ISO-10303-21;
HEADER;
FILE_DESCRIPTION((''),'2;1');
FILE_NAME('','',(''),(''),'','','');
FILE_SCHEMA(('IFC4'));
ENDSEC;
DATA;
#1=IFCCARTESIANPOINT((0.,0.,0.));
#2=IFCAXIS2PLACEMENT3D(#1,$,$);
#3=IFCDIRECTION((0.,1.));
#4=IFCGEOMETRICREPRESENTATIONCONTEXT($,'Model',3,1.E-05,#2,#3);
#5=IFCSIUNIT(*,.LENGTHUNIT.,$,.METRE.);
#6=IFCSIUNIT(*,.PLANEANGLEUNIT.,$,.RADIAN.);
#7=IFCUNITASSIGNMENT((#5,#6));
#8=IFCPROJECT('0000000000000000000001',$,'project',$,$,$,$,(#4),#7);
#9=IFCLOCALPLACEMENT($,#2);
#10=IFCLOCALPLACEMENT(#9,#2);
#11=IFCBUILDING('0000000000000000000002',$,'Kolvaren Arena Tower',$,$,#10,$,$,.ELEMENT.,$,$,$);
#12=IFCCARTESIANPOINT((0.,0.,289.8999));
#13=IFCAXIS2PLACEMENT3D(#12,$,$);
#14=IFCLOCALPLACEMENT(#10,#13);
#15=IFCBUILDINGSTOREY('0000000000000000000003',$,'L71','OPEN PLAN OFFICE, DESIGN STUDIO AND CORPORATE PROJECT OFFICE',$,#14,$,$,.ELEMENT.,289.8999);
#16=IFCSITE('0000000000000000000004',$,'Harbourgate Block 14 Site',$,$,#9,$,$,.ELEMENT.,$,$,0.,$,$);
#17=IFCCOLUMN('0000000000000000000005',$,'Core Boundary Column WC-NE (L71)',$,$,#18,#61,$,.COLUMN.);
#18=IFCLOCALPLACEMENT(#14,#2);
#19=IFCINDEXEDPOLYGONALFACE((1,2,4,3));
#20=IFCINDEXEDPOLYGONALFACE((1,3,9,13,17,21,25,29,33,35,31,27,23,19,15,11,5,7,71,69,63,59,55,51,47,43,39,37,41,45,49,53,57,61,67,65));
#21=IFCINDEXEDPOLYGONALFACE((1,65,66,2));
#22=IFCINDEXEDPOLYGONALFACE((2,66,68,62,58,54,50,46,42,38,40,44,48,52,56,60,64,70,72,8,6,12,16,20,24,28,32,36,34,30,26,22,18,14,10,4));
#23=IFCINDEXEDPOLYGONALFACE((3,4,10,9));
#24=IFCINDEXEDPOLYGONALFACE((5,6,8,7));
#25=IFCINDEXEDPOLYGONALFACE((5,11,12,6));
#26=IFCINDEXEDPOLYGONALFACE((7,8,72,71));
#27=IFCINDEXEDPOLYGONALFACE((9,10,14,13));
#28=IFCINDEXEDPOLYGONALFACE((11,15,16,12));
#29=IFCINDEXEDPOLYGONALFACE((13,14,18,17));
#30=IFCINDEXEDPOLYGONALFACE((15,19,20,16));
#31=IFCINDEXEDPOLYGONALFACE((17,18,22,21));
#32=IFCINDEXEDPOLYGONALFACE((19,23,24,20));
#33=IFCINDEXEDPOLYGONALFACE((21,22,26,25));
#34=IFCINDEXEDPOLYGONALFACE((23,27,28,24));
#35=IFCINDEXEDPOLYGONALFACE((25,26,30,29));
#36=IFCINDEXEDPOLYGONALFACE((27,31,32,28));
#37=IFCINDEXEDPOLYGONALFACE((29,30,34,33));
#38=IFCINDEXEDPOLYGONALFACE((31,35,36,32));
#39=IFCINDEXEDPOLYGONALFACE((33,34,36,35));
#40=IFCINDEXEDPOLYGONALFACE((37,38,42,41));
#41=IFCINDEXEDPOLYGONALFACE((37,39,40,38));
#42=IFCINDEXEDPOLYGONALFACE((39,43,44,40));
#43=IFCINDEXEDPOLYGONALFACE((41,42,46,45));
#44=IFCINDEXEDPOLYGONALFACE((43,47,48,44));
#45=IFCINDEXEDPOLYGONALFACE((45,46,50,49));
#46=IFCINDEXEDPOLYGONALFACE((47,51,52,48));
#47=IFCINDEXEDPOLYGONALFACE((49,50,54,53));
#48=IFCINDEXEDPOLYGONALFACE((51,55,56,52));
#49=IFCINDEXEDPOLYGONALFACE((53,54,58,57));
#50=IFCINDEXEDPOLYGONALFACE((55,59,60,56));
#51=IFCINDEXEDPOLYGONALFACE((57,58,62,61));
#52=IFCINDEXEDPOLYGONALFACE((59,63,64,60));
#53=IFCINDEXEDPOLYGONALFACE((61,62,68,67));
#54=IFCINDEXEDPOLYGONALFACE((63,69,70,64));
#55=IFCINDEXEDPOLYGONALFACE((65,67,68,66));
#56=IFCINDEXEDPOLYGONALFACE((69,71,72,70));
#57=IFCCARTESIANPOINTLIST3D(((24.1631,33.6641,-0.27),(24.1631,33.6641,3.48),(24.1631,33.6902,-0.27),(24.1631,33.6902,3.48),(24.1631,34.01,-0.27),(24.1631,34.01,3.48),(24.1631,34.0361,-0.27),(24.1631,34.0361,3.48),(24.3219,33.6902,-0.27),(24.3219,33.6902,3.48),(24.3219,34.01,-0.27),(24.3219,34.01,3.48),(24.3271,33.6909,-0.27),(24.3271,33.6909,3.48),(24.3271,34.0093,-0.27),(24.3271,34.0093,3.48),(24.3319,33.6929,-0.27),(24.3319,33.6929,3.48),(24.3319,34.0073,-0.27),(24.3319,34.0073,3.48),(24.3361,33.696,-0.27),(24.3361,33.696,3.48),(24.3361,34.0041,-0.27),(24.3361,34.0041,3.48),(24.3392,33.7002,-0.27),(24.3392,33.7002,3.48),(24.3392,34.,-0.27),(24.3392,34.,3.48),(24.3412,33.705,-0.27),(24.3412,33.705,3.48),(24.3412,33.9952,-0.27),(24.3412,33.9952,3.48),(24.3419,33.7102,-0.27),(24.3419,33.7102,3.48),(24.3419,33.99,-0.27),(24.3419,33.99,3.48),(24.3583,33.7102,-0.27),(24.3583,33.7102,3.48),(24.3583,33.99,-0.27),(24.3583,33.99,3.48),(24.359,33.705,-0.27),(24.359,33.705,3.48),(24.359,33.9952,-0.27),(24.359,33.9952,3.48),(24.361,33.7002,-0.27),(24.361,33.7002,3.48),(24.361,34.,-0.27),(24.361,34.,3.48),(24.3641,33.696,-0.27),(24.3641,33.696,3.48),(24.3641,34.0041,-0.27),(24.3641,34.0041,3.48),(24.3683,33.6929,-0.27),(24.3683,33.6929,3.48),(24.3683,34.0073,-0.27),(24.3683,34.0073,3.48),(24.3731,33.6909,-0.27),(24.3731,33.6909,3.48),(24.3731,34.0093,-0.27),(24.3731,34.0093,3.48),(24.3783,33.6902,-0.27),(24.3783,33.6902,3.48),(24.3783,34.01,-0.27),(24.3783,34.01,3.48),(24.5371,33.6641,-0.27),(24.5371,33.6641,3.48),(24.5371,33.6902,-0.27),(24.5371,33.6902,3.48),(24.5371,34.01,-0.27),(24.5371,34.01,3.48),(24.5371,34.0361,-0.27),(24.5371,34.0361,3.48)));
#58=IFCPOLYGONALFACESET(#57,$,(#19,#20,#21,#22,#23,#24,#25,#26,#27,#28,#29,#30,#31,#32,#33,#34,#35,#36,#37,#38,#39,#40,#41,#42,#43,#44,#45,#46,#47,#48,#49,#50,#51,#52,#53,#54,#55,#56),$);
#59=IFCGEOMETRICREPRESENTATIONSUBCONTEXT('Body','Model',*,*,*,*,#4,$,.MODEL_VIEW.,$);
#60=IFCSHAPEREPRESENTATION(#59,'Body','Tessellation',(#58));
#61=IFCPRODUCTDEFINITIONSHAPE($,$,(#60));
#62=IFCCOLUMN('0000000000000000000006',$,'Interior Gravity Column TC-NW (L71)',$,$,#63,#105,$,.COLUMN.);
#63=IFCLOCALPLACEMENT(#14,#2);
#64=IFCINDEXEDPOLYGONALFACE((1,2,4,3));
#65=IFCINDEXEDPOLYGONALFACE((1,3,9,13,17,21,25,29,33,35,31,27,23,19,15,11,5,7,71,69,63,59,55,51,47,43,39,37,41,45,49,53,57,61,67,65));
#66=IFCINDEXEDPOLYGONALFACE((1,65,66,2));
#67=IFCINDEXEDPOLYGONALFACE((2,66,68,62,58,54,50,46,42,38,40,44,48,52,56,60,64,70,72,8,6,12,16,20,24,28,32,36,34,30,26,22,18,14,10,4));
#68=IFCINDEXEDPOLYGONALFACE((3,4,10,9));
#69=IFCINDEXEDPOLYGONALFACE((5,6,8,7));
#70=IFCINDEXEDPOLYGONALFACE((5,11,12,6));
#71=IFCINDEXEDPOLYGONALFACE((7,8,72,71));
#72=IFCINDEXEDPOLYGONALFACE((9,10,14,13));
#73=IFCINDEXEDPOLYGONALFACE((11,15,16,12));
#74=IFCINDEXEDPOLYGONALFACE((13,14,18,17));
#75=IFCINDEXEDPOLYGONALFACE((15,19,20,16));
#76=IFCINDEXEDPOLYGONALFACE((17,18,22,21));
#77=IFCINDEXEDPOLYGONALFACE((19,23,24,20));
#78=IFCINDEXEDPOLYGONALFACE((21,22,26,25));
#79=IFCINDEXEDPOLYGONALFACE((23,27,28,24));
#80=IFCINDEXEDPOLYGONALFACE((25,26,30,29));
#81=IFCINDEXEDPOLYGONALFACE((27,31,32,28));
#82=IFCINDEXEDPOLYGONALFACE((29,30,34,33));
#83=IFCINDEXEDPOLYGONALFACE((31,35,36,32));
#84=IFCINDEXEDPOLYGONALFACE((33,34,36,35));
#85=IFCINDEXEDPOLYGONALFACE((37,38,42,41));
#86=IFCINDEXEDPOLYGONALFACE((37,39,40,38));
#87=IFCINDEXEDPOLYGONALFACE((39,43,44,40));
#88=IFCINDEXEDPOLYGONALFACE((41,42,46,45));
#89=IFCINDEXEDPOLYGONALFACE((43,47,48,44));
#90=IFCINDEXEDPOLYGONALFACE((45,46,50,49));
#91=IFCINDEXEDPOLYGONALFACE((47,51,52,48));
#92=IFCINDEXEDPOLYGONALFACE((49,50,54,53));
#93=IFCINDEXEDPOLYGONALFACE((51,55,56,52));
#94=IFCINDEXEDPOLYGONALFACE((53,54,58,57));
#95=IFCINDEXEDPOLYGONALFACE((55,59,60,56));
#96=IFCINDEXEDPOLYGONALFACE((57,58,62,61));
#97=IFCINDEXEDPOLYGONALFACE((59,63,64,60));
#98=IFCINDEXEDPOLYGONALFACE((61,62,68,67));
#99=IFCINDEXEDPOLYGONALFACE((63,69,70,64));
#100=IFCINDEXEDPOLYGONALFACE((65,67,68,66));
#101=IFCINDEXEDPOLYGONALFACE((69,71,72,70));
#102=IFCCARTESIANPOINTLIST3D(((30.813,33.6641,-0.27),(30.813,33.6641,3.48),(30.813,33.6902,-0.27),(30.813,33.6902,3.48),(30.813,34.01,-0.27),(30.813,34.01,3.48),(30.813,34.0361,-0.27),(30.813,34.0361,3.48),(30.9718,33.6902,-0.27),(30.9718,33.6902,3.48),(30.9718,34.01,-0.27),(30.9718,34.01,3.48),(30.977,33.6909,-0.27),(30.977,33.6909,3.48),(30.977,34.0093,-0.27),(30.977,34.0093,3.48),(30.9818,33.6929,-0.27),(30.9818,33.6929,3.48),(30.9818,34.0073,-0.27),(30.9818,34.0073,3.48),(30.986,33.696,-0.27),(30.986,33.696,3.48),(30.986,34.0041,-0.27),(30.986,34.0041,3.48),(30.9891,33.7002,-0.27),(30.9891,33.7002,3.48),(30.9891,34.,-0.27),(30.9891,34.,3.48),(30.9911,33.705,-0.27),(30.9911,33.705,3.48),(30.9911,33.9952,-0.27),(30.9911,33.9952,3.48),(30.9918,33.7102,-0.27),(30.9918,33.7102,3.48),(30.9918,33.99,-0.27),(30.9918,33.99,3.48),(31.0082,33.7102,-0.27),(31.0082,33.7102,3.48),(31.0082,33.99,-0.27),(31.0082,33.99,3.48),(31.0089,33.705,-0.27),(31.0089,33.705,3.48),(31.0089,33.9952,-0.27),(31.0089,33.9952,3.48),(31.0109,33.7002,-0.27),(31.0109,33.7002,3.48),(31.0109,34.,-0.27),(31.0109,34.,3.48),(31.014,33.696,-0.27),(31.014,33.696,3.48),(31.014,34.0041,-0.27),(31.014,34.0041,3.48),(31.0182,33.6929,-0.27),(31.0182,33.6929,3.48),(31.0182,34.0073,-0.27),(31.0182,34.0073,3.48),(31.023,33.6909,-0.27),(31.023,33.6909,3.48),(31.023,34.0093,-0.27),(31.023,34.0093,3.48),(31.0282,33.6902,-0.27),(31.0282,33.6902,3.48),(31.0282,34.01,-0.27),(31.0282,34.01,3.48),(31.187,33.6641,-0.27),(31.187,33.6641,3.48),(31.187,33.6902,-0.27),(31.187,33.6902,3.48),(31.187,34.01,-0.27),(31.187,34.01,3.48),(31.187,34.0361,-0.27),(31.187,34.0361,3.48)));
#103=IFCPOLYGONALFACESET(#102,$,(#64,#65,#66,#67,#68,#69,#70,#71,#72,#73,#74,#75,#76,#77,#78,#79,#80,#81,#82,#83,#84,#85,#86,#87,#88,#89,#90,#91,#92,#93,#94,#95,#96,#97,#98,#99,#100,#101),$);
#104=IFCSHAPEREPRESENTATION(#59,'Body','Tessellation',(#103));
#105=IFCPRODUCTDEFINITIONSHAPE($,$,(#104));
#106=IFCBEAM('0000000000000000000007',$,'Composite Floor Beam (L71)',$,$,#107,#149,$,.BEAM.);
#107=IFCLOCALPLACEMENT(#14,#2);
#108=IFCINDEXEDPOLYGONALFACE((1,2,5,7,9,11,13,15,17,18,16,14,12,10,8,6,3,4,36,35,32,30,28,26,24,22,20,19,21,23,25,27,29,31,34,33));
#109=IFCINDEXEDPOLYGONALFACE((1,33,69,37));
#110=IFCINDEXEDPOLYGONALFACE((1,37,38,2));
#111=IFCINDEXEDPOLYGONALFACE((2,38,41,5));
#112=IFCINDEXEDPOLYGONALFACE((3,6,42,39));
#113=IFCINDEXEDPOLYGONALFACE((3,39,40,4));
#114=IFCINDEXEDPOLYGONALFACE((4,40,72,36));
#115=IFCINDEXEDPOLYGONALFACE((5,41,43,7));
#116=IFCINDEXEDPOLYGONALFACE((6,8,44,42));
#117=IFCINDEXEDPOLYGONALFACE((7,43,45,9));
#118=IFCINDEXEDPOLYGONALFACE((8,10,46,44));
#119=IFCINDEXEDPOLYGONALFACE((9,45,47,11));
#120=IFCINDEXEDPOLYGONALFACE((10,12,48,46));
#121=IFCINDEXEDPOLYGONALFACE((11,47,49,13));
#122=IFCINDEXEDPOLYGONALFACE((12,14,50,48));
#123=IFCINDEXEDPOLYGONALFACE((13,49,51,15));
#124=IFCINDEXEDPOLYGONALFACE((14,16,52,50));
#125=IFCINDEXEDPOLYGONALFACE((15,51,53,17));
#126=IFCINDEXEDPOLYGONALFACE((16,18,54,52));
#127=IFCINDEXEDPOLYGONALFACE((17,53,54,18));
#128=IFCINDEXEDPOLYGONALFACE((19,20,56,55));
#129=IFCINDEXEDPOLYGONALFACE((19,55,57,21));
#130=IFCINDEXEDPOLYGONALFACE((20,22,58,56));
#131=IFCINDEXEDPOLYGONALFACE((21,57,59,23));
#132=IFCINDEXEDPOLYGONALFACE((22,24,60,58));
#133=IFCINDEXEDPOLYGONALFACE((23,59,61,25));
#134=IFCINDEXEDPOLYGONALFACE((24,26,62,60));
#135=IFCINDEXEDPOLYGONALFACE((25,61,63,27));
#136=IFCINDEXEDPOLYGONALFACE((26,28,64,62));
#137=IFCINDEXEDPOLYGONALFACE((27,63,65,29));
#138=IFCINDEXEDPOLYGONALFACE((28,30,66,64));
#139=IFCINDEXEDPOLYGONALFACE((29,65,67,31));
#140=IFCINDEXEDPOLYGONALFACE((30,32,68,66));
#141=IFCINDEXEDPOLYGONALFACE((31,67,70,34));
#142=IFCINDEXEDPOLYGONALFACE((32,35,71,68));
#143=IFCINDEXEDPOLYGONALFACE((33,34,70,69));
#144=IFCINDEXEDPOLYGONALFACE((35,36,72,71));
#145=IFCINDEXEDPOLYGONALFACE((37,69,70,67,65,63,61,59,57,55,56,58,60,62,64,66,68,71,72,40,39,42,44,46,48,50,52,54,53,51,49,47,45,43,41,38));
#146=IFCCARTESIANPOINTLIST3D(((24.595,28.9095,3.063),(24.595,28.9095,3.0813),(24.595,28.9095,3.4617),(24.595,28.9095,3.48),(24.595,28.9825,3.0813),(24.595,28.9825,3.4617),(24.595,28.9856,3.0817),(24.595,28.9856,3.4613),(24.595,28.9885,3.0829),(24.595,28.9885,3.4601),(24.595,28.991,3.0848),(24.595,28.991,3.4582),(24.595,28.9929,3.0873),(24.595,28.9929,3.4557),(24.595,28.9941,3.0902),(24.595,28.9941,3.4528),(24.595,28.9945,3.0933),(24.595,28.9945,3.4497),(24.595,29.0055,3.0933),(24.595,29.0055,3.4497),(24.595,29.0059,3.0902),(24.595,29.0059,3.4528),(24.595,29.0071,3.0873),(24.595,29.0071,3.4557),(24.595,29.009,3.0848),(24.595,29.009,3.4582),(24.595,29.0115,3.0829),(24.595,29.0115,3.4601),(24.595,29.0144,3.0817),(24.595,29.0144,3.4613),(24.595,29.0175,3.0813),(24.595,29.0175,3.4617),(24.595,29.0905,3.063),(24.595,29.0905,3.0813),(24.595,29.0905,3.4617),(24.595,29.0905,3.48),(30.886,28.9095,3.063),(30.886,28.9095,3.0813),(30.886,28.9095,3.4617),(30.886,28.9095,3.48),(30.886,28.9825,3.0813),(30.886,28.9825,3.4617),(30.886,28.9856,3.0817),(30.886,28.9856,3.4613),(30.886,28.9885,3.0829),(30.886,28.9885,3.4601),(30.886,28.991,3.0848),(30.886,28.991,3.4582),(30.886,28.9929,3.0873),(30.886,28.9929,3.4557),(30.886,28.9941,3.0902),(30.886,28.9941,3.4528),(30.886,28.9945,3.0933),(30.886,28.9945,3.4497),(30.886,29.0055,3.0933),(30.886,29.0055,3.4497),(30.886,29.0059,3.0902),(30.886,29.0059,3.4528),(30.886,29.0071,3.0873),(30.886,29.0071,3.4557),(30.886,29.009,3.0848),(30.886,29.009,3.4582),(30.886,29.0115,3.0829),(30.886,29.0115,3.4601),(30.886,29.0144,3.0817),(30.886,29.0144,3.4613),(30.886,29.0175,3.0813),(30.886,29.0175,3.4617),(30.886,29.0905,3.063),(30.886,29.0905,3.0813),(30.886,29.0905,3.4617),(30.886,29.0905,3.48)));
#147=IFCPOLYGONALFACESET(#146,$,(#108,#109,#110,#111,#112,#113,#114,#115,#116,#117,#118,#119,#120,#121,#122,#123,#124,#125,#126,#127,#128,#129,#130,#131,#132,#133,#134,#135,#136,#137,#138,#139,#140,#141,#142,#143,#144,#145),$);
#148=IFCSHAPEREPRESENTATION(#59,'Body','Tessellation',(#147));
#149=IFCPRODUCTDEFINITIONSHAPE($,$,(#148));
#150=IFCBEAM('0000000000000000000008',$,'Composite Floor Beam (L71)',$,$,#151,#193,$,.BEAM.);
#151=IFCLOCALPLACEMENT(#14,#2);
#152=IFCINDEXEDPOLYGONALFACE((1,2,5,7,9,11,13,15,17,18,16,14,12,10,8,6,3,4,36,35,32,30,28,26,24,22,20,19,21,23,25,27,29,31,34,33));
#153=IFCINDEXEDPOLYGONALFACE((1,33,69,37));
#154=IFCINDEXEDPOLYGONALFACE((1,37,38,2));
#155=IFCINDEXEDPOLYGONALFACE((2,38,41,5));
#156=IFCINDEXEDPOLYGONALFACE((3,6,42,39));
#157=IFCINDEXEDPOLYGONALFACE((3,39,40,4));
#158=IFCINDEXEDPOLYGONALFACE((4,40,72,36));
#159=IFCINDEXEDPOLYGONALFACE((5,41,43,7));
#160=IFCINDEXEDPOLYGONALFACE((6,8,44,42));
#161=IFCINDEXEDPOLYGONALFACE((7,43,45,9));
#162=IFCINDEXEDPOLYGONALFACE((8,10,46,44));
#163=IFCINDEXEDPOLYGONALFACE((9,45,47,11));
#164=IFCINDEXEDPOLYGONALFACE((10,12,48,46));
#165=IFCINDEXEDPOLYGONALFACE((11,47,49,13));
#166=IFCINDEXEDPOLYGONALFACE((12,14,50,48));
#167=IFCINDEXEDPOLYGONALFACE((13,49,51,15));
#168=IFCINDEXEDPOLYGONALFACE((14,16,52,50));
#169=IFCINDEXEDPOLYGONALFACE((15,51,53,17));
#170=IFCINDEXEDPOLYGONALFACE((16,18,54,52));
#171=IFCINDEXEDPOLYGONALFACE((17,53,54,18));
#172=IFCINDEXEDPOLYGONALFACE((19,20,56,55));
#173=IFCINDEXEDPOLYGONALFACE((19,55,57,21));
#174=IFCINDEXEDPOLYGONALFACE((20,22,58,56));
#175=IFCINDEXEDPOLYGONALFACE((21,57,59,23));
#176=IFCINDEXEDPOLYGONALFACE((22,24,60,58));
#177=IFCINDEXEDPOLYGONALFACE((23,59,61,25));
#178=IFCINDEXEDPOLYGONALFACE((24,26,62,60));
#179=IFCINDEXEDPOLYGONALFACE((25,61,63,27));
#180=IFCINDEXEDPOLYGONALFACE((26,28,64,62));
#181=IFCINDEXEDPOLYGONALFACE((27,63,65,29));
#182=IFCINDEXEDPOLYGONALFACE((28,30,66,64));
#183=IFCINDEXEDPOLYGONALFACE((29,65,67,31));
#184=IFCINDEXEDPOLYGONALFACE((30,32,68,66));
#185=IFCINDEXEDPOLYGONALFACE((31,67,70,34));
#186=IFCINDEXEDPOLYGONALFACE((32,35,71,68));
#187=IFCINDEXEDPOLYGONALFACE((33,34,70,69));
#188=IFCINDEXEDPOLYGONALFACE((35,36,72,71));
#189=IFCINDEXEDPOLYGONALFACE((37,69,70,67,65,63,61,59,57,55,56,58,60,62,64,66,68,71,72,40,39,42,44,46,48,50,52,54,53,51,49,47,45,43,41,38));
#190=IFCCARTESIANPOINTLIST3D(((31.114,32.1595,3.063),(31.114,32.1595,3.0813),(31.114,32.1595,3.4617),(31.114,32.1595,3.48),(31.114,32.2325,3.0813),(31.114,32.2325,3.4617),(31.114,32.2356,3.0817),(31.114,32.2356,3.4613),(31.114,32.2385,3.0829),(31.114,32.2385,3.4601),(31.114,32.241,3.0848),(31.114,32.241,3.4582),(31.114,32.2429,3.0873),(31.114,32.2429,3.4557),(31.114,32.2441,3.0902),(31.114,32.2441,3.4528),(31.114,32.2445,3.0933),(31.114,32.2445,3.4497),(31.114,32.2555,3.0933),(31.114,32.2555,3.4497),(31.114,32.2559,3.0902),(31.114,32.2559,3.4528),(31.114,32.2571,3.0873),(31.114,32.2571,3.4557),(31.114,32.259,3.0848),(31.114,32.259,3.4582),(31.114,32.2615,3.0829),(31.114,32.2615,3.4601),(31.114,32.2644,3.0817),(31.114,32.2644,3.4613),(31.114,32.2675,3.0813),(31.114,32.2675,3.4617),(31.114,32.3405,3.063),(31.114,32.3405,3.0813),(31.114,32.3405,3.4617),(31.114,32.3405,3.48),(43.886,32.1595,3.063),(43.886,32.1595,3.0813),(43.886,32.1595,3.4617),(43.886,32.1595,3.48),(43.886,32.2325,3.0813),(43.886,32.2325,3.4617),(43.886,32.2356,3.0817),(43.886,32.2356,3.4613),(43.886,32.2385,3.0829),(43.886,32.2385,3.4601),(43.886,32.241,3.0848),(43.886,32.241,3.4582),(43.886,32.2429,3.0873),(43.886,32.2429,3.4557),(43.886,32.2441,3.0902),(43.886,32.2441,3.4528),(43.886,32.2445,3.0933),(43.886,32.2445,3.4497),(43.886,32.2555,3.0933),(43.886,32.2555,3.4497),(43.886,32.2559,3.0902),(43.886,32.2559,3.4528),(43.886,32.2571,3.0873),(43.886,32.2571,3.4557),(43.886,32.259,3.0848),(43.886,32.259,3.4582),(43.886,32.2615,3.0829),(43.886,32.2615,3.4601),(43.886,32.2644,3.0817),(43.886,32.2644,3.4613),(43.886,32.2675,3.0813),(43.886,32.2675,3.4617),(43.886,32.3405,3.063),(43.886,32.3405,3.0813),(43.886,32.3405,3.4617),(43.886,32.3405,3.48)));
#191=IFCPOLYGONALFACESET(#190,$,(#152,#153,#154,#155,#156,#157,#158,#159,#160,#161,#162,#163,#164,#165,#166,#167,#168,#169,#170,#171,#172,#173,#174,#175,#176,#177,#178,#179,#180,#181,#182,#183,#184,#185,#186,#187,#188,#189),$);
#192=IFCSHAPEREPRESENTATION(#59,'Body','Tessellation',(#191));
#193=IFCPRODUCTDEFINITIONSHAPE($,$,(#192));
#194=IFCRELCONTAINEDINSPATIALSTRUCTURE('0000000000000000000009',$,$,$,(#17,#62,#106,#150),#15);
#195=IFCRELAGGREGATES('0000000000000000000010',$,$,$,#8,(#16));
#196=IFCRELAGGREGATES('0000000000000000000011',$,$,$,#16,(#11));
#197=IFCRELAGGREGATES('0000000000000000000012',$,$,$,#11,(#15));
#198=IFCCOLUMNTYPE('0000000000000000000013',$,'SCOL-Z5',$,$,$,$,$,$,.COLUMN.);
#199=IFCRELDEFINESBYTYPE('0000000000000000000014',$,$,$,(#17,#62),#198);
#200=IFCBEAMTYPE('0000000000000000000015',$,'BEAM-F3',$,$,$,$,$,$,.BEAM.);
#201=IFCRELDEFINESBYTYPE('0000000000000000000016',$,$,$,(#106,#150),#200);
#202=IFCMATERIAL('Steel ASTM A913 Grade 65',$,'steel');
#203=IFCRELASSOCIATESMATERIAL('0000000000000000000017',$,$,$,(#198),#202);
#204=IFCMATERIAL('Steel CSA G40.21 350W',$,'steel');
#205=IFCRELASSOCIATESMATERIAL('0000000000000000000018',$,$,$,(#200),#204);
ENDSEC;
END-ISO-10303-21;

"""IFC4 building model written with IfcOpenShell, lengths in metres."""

from ifc_helpers import new_model, si_unit, direction, frame, origin, origin_2d, place, context, subcontext, project, spatial, i_section, extrude, material, material_profile, profile_set, type_object, element, save


model = new_model("IFC4")

# Units and contexts
model_context = context("Model", 3, precision=1e-05, world=origin(), true_north=direction((0.0, 1.0)))
body_context = subcontext(model_context, "Body", "Model", "MODEL_VIEW")
ifc_project = project(units=[si_unit("LENGTHUNIT", "METRE"), si_unit("PLANEANGLEUNIT", "RADIAN")], contexts=[model_context])

# Site, building, storey
site_placement = place(None, origin())
site = spatial("IfcSite", under=ifc_project, at=site_placement, Name="Harbourgate Block 14 Site", CompositionType="ELEMENT", RefElevation=0.0)
building_placement = place(site_placement, origin())
building = spatial("IfcBuilding", under=site, at=building_placement, Name="Kolvaren Arena Tower", CompositionType="ELEMENT")
storey_placement = place(building_placement, frame((0.0, 0.0, 289.8999)))
storey = spatial("IfcBuildingStorey", under=building, at=storey_placement, Name="L71", Description="OPEN PLAN OFFICE, DESIGN STUDIO AND CORPORATE PROJECT OFFICE", CompositionType="ELEMENT", Elevation=289.8999)

# Columns
ifc_material_1 = material(Name="Steel ASTM A913 Grade 65", Category="steel")
ifc_material_profile_1 = material_profile(ifc_material_1, i_section(OverallWidth=0.374, OverallDepth=0.3721, WebThickness=0.0164, FlangeThickness=0.0261, FilletRadius=0.02, at=origin_2d()), Name="W360x196")
ifc_profile_set_1 = profile_set([ifc_material_profile_1], Name="Steel ASTM A913 Grade 65")
column_type = type_object("IfcColumnType", Name="SCOL-Z5", PredefinedType="COLUMN", material=ifc_profile_set_1)
for number, where, z_axis, x_axis, name in (
    (1, (24.3501, 33.8501, -0.27), (0.0, 0.0, 1.0), (1.0, 0.0, 0.0), "Core Boundary Column WC-NE (L71)"),
    (2, (31.0, 33.8501, -0.27), (0.0, 0.0, 1.0), (1.0, 0.0, 0.0), "Interior Gravity Column TC-NW (L71)"),
):
    element("IfcColumn", number, at=place(storey_placement, frame(where, z_axis=z_axis, x_axis=x_axis)), inside=storey, type_object=column_type, Name=name, PredefinedType="COLUMN", context=body_context, shape_type="SweptSolid", body=[
        extrude(i_section(OverallWidth=0.374, OverallDepth=0.3721, WebThickness=0.0164, FlangeThickness=0.0261, FilletRadius=0.02, at=origin_2d()), origin(), (0.0, 0.0, 1.0), 3.75),
    ])

# Beams
ifc_material_2 = material(Name="Steel CSA G40.21 350W", Category="steel")
ifc_material_profile_2 = material_profile(ifc_material_2, i_section(OverallWidth=0.1809, OverallDepth=0.417, WebThickness=0.011, FlangeThickness=0.0183, FilletRadius=0.012, at=origin_2d()), Name="W410x85")
ifc_profile_set_2 = profile_set([ifc_material_profile_2], Name="Steel CSA G40.21 350W")
beam_type_1 = type_object("IfcBeamType", Name="BEAM-F3", PredefinedType="BEAM", material=ifc_profile_set_2)
beam_1_placement = place(storey_placement, frame((24.595, 29.0, 3.2715), z_axis=(1.0, 0.0, 0.0), x_axis=(0.0, 1.0, 0.0)))
element("IfcBeam", 3, at=beam_1_placement, inside=storey, type_object=beam_type_1, Name="Composite Floor Beam (L71)", PredefinedType="BEAM", context=body_context, shape_type="SweptSolid", body=[
    extrude(i_section(OverallWidth=0.1809, OverallDepth=0.417, WebThickness=0.011, FlangeThickness=0.0183, FilletRadius=0.012, at=origin_2d()), origin(), (0.0, 0.0, 1.0), 6.291),
])
beam_2_placement = place(storey_placement, frame((31.114, 32.25, 3.2715), z_axis=(1.0, 0.0, 0.0), x_axis=(0.0, 1.0, 0.0)))
element("IfcBeam", 4, at=beam_2_placement, inside=storey, type_object=beam_type_1, Name="Composite Floor Beam (L71)", PredefinedType="BEAM", context=body_context, shape_type="SweptSolid", body=[
    extrude(i_section(OverallWidth=0.1809, OverallDepth=0.417, WebThickness=0.011, FlangeThickness=0.0183, FilletRadius=0.012, at=origin_2d()), origin(), (0.0, 0.0, 1.0), 12.772),
])

save(model, "model.ifc")
